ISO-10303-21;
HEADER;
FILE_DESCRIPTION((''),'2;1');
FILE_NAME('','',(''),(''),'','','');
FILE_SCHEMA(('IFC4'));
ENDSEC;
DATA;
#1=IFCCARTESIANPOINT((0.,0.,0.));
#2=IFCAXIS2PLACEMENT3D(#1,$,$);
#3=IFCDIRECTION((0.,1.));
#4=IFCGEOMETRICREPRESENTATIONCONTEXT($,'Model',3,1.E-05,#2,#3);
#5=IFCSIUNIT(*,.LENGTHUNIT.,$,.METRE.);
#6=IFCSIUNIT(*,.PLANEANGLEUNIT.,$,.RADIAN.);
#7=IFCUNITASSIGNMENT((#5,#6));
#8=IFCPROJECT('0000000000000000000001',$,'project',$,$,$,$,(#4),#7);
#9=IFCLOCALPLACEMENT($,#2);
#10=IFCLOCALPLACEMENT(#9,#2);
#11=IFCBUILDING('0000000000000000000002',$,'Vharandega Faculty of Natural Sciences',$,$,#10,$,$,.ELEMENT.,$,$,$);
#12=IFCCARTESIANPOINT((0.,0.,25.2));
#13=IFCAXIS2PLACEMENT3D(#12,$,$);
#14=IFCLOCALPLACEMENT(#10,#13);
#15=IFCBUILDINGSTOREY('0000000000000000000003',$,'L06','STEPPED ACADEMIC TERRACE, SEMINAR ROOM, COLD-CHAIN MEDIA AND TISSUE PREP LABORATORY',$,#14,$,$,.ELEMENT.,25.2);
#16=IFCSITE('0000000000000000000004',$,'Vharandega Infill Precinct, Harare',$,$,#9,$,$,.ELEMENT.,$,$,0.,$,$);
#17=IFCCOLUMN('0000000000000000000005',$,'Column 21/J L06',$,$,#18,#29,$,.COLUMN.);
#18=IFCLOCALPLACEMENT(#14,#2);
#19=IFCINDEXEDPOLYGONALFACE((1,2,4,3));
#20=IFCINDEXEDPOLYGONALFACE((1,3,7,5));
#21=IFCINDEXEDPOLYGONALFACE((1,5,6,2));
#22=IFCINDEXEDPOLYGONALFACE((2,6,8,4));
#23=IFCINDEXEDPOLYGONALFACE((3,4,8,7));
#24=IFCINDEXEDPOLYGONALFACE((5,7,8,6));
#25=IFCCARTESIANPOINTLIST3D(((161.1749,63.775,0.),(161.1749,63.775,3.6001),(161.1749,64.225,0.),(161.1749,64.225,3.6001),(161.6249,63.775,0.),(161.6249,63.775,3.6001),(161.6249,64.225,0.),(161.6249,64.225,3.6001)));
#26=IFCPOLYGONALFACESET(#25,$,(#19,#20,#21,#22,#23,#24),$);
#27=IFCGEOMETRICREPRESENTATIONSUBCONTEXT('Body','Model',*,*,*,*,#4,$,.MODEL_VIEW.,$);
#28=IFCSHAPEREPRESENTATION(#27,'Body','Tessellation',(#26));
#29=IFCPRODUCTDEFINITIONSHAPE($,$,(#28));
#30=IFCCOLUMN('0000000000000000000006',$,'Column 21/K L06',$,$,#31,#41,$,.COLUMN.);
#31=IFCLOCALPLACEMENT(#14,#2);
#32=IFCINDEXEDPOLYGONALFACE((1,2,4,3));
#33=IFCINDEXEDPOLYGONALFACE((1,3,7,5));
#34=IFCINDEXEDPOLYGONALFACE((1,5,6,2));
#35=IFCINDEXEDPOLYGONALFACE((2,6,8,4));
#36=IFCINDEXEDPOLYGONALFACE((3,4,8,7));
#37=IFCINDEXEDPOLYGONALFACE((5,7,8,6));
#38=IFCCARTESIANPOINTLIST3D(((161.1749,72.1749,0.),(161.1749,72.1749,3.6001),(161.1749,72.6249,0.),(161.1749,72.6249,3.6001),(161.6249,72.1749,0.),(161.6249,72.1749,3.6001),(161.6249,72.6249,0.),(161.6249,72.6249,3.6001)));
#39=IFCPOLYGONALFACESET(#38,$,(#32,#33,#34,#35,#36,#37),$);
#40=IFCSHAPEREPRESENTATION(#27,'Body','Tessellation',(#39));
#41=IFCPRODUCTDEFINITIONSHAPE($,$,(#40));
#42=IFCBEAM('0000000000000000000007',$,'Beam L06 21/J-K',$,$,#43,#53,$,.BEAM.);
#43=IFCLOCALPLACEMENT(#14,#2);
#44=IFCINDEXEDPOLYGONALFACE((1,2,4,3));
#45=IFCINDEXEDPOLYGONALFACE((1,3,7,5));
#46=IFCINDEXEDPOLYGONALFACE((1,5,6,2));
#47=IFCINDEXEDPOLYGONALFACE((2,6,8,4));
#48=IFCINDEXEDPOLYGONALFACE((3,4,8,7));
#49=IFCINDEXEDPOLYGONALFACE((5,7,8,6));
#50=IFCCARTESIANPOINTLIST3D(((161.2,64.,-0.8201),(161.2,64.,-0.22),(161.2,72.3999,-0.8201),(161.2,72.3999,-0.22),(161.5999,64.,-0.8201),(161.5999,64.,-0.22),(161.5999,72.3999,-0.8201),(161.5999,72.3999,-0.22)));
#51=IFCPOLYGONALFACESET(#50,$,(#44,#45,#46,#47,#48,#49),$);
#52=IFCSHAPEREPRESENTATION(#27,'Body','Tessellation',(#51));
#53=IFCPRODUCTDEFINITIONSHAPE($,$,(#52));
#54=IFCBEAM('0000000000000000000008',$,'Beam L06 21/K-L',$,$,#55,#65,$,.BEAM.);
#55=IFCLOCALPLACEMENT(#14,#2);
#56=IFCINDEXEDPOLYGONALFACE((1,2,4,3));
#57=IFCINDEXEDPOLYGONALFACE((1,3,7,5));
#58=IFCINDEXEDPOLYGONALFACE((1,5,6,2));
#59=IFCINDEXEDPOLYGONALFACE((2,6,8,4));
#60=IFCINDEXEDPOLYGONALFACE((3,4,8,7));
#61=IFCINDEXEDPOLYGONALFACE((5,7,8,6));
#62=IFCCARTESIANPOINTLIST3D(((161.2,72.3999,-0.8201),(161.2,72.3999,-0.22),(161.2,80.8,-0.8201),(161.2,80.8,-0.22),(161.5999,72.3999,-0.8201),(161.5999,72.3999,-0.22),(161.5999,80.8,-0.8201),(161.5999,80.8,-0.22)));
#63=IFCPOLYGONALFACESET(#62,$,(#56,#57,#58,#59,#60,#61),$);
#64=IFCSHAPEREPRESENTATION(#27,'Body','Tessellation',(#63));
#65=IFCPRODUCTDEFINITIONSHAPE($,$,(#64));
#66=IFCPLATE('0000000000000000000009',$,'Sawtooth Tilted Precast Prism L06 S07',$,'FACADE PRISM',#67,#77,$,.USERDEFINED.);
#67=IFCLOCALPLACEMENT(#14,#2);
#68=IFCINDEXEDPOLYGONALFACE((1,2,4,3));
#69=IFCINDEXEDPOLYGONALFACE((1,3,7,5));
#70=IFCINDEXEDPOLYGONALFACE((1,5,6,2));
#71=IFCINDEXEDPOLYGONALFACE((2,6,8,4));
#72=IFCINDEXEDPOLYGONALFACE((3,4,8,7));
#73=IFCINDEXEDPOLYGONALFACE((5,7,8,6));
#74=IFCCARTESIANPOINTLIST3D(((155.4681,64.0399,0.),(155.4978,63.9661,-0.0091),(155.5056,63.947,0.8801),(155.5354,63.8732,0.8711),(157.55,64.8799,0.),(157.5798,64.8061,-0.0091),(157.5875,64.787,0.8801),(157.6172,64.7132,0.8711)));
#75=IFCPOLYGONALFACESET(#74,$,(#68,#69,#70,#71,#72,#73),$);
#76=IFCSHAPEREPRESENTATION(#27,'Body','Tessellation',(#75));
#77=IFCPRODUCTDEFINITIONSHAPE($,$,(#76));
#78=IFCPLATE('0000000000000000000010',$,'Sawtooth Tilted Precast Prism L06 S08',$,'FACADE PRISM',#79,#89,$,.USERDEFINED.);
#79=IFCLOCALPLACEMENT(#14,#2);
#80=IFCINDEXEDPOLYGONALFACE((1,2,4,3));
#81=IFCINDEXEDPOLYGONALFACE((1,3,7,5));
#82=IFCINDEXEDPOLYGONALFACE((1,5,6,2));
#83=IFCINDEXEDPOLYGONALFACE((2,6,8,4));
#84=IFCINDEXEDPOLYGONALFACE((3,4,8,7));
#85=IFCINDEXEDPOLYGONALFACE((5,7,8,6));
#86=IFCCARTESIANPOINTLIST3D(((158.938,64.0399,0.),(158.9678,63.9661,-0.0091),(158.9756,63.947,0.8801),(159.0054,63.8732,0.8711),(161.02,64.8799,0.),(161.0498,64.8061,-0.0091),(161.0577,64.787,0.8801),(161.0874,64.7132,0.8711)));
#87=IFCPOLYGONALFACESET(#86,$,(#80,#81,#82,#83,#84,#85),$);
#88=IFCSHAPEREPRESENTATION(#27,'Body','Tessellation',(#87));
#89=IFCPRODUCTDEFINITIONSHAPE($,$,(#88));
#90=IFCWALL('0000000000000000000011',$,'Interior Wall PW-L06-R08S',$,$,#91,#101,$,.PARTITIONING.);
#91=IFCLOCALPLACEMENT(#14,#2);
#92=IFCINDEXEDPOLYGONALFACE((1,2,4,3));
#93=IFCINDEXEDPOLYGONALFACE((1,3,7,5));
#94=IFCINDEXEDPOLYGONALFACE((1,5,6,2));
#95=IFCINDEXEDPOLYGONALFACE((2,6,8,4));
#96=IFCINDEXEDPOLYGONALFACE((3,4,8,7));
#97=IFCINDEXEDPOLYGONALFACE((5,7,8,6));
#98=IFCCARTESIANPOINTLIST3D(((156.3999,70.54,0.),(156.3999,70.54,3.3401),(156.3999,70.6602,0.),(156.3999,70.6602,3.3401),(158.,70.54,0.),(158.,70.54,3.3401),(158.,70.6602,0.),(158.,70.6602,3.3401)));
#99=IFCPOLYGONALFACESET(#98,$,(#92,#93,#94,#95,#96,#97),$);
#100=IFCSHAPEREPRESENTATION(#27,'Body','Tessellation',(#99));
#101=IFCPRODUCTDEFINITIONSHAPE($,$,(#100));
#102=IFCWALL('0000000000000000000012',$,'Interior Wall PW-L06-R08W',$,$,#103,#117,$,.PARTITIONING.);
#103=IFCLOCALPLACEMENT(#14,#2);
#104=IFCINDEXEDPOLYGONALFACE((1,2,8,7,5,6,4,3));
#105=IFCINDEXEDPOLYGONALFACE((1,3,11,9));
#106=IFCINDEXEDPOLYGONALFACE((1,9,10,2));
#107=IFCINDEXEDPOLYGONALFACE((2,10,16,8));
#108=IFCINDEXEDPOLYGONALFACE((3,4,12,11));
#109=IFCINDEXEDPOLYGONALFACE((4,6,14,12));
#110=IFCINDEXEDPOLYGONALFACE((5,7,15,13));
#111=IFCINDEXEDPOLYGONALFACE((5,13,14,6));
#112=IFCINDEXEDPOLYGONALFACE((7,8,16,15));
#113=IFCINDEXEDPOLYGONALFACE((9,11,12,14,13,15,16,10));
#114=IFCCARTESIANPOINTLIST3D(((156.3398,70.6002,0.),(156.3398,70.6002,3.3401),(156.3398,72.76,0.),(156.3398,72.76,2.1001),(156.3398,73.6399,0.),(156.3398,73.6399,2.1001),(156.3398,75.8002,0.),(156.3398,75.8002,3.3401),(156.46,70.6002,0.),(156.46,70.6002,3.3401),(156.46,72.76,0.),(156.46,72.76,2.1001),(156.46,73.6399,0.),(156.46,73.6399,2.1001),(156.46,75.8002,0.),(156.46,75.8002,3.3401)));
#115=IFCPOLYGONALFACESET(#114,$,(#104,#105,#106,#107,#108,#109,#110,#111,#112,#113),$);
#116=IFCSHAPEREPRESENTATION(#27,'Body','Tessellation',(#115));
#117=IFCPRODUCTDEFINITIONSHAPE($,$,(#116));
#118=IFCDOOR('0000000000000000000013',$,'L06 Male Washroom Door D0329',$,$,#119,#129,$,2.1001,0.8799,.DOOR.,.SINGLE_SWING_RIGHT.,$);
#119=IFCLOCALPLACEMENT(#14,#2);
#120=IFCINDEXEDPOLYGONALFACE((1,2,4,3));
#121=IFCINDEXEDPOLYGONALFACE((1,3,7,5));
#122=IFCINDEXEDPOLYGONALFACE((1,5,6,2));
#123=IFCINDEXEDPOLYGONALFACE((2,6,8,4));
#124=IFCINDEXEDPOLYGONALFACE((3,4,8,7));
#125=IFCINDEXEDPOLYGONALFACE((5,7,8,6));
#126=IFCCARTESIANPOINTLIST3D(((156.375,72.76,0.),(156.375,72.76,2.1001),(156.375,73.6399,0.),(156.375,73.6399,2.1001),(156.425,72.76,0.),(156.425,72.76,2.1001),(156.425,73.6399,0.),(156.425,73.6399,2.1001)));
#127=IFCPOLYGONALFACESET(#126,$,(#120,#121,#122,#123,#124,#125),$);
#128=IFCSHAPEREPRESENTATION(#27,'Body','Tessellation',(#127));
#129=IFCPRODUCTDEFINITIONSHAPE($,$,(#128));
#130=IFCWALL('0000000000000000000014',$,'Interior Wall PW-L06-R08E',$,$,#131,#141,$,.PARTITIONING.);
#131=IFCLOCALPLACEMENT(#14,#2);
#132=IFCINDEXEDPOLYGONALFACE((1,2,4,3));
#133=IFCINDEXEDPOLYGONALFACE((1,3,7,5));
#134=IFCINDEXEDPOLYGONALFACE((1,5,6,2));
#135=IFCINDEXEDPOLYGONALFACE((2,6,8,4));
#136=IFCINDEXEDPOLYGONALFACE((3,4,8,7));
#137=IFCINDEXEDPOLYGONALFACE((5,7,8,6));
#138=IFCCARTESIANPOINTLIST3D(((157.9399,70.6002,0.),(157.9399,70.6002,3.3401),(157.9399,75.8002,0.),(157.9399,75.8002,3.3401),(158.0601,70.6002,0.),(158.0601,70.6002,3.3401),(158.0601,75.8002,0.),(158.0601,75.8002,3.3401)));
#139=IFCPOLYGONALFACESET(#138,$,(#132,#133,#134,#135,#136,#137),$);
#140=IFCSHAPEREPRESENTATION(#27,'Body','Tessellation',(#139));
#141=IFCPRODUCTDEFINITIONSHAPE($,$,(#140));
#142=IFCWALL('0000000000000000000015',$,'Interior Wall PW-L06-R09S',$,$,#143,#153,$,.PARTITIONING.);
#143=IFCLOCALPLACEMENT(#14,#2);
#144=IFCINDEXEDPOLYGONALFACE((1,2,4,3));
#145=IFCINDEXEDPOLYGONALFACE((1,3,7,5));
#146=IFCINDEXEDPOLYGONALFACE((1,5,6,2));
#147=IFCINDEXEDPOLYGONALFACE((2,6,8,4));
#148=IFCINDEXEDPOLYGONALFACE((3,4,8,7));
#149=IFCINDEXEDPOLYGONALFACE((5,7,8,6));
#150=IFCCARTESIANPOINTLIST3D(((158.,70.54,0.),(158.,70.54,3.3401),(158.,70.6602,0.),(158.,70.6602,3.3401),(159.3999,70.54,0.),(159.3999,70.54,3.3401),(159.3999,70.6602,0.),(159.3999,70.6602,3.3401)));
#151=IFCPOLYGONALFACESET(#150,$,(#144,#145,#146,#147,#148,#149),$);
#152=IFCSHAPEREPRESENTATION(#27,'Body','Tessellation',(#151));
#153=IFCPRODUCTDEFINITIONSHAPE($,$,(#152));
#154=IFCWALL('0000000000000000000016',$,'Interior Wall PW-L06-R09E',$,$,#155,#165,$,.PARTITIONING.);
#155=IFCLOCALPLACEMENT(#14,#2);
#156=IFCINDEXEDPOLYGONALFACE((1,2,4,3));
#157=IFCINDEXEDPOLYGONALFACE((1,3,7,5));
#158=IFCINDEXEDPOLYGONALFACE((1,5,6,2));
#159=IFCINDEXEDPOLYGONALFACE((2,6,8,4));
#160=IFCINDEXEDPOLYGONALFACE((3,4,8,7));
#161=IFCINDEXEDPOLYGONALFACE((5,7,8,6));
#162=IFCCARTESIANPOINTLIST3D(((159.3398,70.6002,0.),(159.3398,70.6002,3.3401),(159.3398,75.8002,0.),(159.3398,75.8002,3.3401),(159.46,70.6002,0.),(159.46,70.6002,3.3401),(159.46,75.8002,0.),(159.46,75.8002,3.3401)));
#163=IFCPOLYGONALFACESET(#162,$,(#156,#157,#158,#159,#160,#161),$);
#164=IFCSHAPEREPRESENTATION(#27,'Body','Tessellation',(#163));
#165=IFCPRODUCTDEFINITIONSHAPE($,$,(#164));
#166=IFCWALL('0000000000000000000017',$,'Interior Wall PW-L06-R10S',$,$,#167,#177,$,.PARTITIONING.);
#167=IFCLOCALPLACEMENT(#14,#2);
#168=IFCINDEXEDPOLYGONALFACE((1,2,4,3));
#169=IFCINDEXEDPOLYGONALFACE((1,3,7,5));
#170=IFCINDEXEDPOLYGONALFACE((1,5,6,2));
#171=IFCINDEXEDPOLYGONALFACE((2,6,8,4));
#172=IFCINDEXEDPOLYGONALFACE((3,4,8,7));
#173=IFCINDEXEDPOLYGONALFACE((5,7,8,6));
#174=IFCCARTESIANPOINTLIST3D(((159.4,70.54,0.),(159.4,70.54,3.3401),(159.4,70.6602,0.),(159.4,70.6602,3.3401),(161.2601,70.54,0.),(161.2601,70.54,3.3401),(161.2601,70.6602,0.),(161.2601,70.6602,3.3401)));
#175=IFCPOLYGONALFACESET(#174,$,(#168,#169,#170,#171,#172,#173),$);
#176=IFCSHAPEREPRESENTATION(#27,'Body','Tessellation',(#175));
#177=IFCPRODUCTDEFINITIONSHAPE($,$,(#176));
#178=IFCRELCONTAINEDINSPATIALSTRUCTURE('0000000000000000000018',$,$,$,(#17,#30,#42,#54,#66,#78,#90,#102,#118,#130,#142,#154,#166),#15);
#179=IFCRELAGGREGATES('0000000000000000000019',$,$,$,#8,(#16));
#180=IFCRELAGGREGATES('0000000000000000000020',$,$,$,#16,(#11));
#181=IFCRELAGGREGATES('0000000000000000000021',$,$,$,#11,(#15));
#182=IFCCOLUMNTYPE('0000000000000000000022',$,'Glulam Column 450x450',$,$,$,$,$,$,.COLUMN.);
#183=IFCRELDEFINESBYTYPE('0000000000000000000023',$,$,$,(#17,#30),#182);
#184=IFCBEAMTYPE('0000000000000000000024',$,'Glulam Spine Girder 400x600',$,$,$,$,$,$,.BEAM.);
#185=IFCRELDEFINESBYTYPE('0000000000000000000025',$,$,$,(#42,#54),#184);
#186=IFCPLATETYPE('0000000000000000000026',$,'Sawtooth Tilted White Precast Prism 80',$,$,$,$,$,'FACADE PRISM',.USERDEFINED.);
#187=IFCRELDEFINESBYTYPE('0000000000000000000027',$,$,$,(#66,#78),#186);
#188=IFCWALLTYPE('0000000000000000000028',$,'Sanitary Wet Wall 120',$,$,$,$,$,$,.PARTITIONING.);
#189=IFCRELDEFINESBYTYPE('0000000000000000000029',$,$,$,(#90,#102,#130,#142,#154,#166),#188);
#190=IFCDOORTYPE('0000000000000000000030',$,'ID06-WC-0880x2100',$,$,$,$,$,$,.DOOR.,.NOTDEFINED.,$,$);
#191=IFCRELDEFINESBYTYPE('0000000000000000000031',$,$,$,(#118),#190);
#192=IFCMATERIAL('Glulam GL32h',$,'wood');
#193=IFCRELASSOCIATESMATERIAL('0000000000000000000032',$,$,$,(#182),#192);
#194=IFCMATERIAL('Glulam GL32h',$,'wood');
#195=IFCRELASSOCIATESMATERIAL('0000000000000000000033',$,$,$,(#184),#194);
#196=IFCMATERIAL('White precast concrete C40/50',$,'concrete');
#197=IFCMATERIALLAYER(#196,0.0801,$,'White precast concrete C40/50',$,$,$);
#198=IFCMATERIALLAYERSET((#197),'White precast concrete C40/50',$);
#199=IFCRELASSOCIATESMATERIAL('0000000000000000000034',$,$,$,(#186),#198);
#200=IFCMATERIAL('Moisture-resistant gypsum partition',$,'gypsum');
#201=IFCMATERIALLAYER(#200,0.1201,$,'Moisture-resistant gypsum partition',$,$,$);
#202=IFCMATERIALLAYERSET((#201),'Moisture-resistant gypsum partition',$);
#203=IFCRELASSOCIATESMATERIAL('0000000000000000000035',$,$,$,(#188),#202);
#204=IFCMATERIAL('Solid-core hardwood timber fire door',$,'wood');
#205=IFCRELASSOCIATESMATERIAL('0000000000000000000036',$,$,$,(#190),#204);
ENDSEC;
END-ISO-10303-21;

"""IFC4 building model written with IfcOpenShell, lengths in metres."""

from ifc_helpers import new_model, si_unit, direction, frame, frame_2d, origin, origin_2d, place, context, subcontext, project, spatial, polyline, rectangle, outline, extrude, material, layer, layer_set, material_profile, profile_set, type_object, element, fill, save


model = new_model("IFC4")

# Units and contexts
model_context = context("Model", 3, precision=1e-05, world=origin(), true_north=direction((0.0, 1.0)))
body_context = subcontext(model_context, "Body", "Model", "MODEL_VIEW")
ifc_project = project(units=[si_unit("LENGTHUNIT", "METRE"), si_unit("PLANEANGLEUNIT", "RADIAN")], contexts=[model_context])

# Site, building, storey
site_placement = place(None, origin())
site = spatial("IfcSite", under=ifc_project, at=site_placement, Name="Vharandega Infill Precinct, Harare", CompositionType="ELEMENT", RefElevation=0.0)
building_placement = place(site_placement, origin())
building = spatial("IfcBuilding", under=site, at=building_placement, Name="Vharandega Faculty of Natural Sciences", CompositionType="ELEMENT")
storey_placement = place(building_placement, frame((0.0, 0.0, 25.2)))
storey = spatial("IfcBuildingStorey", under=building, at=storey_placement, Name="L06", Description="STEPPED ACADEMIC TERRACE, SEMINAR ROOM, COLD-CHAIN MEDIA AND TISSUE PREP LABORATORY", CompositionType="ELEMENT", Elevation=25.2)

# Columns
ifc_material_1 = material(Name="Glulam GL32h", Category="wood")
ifc_material_profile_1 = material_profile(ifc_material_1, rectangle(XDim=0.45, YDim=0.45, at=origin_2d()), Name="GL32h 450x450")
ifc_profile_set_1 = profile_set([ifc_material_profile_1], Name="Glulam GL32h")
column_type = type_object("IfcColumnType", Name="Glulam Column 450x450", PredefinedType="COLUMN", material=ifc_profile_set_1)
for number, where, z_axis, x_axis, name in (
    (1, (161.3999, 64.0, 0.0), (0.0, 0.0, 1.0), (1.0, 0.0, 0.0), "Column 21/J L06"),
    (2, (161.3999, 72.3999, 0.0), (0.0, 0.0, 1.0), (1.0, 0.0, 0.0), "Column 21/K L06"),
):
    element("IfcColumn", number, at=place(storey_placement, frame(where, z_axis=z_axis, x_axis=x_axis)), inside=storey, type_object=column_type, Name=name, PredefinedType="COLUMN", context=body_context, shape_type="SweptSolid", body=[
        extrude(rectangle(XDim=0.45, YDim=0.45, at=origin_2d()), origin(), (0.0, 0.0, 1.0), 3.6001),
    ])

# Beams
ifc_material_2 = material(Name="Glulam GL32h", Category="wood")
ifc_material_profile_2 = material_profile(ifc_material_2, rectangle(XDim=0.3999, YDim=0.6001, at=origin_2d()), Name="GL32h 400x600")
ifc_profile_set_2 = profile_set([ifc_material_profile_2], Name="Glulam GL32h")
beam_type = type_object("IfcBeamType", Name="Glulam Spine Girder 400x600", PredefinedType="BEAM", material=ifc_profile_set_2)
beam_1_placement = place(storey_placement, frame((161.3999, 64.0, -0.52), z_axis=(0.0, 1.0, 0.0), x_axis=(-1.0, 0.0, 0.0)))
element("IfcBeam", 3, at=beam_1_placement, inside=storey, type_object=beam_type, Name="Beam L06 21/J-K", PredefinedType="BEAM", context=body_context, shape_type="SweptSolid", body=[
    extrude(rectangle(XDim=0.3999, YDim=0.6001, at=origin_2d()), origin(), (0.0, 0.0, 1.0), 8.3999),
])
beam_2_placement = place(storey_placement, frame((161.3999, 72.3999, -0.52), z_axis=(0.0, 1.0, 0.0), x_axis=(-1.0, 0.0, 0.0)))
element("IfcBeam", 4, at=beam_2_placement, inside=storey, type_object=beam_type, Name="Beam L06 21/K-L", PredefinedType="BEAM", context=body_context, shape_type="SweptSolid", body=[
    extrude(rectangle(XDim=0.3999, YDim=0.6001, at=origin_2d()), origin(), (0.0, 0.0, 1.0), 8.4001),
])

# Plates
ifc_material_3 = material(Name="White precast concrete C40/50", Category="concrete")
ifc_layer_1 = layer(ifc_material_3, 0.0801, Name="White precast concrete C40/50")
ifc_layer_set_1 = layer_set([ifc_layer_1], Name="White precast concrete C40/50")
plate_type = type_object("IfcPlateType", Name="Sawtooth Tilted White Precast Prism 80", ElementType="FACADE PRISM", PredefinedType="USERDEFINED", material=ifc_layer_set_1)
plate_1_placement = place(storey_placement, frame((157.55, 64.8799, 0.0), z_axis=(-0.371755, 0.921418, 0.113083), x_axis=(0.042236, -0.104899, 0.993586)))
element("IfcPlate", 5, at=plate_1_placement, inside=storey, type_object=plate_type, Name="Sawtooth Tilted Precast Prism L06 S07", ObjectType="FACADE PRISM", PredefinedType="USERDEFINED", context=body_context, shape_type="SweptSolid", body=[
    extrude(outline(polyline([(0.0, 0.0), (0.8858, 0.0), (0.886, -2.2449), (0.0002, -2.245), (0.0, 0.0)])), origin(), (0.0, 0.0, -1.0), 0.0801),
])
plate_2_placement = place(storey_placement, frame((161.02, 64.8799, 0.0), z_axis=(-0.371734, 0.92142, 0.113134), x_axis=(0.042492, -0.104851, 0.99358)))
element("IfcPlate", 6, at=plate_2_placement, inside=storey, type_object=plate_type, Name="Sawtooth Tilted Precast Prism L06 S08", ObjectType="FACADE PRISM", PredefinedType="USERDEFINED", context=body_context, shape_type="SweptSolid", body=[
    extrude(outline(polyline([(0.0, 0.0), (0.8858, 0.0), (0.8854, -2.2451), (-0.0004, -2.245), (0.0, 0.0)])), origin(), (0.0, 0.0, -1.0), 0.0801),
])

# Wall
ifc_material_4 = material(Name="Moisture-resistant gypsum partition", Category="gypsum")
ifc_layer_2 = layer(ifc_material_4, 0.1201, Name="Moisture-resistant gypsum partition")
ifc_layer_set_2 = layer_set([ifc_layer_2], Name="Moisture-resistant gypsum partition")
wall_type_1 = type_object("IfcWallType", Name="Sanitary Wet Wall 120", PredefinedType="PARTITIONING", material=ifc_layer_set_2)
wall_1_placement = place(storey_placement, frame((156.3999, 70.6001, 0.0), z_axis=(0.0, 0.0, 1.0), x_axis=(1.0, 0.0, 0.0)))
element("IfcWall", 7, at=wall_1_placement, inside=storey, type_object=wall_type_1, Name="Interior Wall PW-L06-R08S", PredefinedType="PARTITIONING", context=body_context, shape_type="SweptSolid", body=[
    extrude(rectangle(XDim=1.6001, YDim=0.1201, at=frame_2d((0.8, 0.0))), origin(), (0.0, 0.0, 1.0), 3.3401),
])

# Wall, opening, door
wall_2_placement = place(storey_placement, frame((156.3999, 70.6001, 0.0), z_axis=(0.0, 0.0, 1.0), x_axis=(0.0, 1.0, 0.0)))
wall_2 = element("IfcWall", 8, at=wall_2_placement, inside=storey, type_object=wall_type_1, Name="Interior Wall PW-L06-R08W", PredefinedType="PARTITIONING", context=body_context, shape_type="SweptSolid", body=[
    extrude(rectangle(XDim=5.2, YDim=0.1201, at=frame_2d((2.6001, 0.0))), origin(), (0.0, 0.0, 1.0), 3.3401),
])
opening_1_placement = place(wall_2_placement, frame((2.1599, 0.0, 0.0)))
opening_1 = element("IfcOpeningElement", 9, at=opening_1_placement, cuts=wall_2, PredefinedType="OPENING", context=body_context, shape_type="SweptSolid", body=[
    extrude(rectangle(XDim=0.8799, YDim=2.1001, at=frame_2d((0.4399, 1.05))), frame((0.0, 0.0701, 0.0), z_axis=(0.0, -1.0, 0.0), x_axis=(1.0, 0.0, 0.0)), (0.0, 0.0, 1.0), 0.1401),
])
ifc_material_5 = material(Name="Solid-core hardwood timber fire door", Category="wood")
door_type = type_object("IfcDoorType", Name="ID06-WC-0880x2100", OperationType="NOTDEFINED", PredefinedType="DOOR", material=ifc_material_5)
door_placement = place(opening_1_placement, origin())
door = element("IfcDoor", 10, at=door_placement, inside=storey, type_object=door_type, Name="L06 Male Washroom Door D0329", OperationType="SINGLE_SWING_RIGHT", OverallHeight=2.1001, OverallWidth=0.8799, PredefinedType="DOOR", context=body_context, shape_type="SweptSolid", body=[
    extrude(rectangle(XDim=0.8799, YDim=2.1001, at=frame_2d((0.4399, 1.05))), frame((0.0, 0.0249, 0.0), z_axis=(0.0, -1.0, 0.0), x_axis=(1.0, 0.0, 0.0)), (0.0, 0.0, 1.0), 0.05),
])
fill(opening_1, door)

# Walls
wall_3_placement = place(storey_placement, frame((158.0, 70.6001, 0.0), z_axis=(0.0, 0.0, 1.0), x_axis=(0.0, 1.0, 0.0)))
element("IfcWall", 11, at=wall_3_placement, inside=storey, type_object=wall_type_1, Name="Interior Wall PW-L06-R08E", PredefinedType="PARTITIONING", context=body_context, shape_type="SweptSolid", body=[
    extrude(rectangle(XDim=5.2, YDim=0.1201, at=frame_2d((2.6001, 0.0))), origin(), (0.0, 0.0, 1.0), 3.3401),
])
wall_4_placement = place(storey_placement, frame((158.0, 70.6001, 0.0), z_axis=(0.0, 0.0, 1.0), x_axis=(1.0, 0.0, 0.0)))
element("IfcWall", 12, at=wall_4_placement, inside=storey, type_object=wall_type_1, Name="Interior Wall PW-L06-R09S", PredefinedType="PARTITIONING", context=body_context, shape_type="SweptSolid", body=[
    extrude(rectangle(XDim=1.3999, YDim=0.1201, at=frame_2d((0.7, 0.0))), origin(), (0.0, 0.0, 1.0), 3.3401),
])
wall_5_placement = place(storey_placement, frame((159.3999, 70.6001, 0.0), z_axis=(0.0, 0.0, 1.0), x_axis=(0.0, 1.0, 0.0)))
element("IfcWall", 13, at=wall_5_placement, inside=storey, type_object=wall_type_1, Name="Interior Wall PW-L06-R09E", PredefinedType="PARTITIONING", context=body_context, shape_type="SweptSolid", body=[
    extrude(rectangle(XDim=5.2, YDim=0.1201, at=frame_2d((2.6001, 0.0))), origin(), (0.0, 0.0, 1.0), 3.3401),
])
wall_6_placement = place(storey_placement, frame((159.3999, 70.6001, 0.0), z_axis=(0.0, 0.0, 1.0), x_axis=(1.0, 0.0, 0.0)))
element("IfcWall", 14, at=wall_6_placement, inside=storey, type_object=wall_type_1, Name="Interior Wall PW-L06-R10S", PredefinedType="PARTITIONING", context=body_context, shape_type="SweptSolid", body=[
    extrude(rectangle(XDim=1.8601, YDim=0.1201, at=frame_2d((0.9302, 0.0))), origin(), (0.0, 0.0, 1.0), 3.3401),
])

save(model, "model.ifc")
